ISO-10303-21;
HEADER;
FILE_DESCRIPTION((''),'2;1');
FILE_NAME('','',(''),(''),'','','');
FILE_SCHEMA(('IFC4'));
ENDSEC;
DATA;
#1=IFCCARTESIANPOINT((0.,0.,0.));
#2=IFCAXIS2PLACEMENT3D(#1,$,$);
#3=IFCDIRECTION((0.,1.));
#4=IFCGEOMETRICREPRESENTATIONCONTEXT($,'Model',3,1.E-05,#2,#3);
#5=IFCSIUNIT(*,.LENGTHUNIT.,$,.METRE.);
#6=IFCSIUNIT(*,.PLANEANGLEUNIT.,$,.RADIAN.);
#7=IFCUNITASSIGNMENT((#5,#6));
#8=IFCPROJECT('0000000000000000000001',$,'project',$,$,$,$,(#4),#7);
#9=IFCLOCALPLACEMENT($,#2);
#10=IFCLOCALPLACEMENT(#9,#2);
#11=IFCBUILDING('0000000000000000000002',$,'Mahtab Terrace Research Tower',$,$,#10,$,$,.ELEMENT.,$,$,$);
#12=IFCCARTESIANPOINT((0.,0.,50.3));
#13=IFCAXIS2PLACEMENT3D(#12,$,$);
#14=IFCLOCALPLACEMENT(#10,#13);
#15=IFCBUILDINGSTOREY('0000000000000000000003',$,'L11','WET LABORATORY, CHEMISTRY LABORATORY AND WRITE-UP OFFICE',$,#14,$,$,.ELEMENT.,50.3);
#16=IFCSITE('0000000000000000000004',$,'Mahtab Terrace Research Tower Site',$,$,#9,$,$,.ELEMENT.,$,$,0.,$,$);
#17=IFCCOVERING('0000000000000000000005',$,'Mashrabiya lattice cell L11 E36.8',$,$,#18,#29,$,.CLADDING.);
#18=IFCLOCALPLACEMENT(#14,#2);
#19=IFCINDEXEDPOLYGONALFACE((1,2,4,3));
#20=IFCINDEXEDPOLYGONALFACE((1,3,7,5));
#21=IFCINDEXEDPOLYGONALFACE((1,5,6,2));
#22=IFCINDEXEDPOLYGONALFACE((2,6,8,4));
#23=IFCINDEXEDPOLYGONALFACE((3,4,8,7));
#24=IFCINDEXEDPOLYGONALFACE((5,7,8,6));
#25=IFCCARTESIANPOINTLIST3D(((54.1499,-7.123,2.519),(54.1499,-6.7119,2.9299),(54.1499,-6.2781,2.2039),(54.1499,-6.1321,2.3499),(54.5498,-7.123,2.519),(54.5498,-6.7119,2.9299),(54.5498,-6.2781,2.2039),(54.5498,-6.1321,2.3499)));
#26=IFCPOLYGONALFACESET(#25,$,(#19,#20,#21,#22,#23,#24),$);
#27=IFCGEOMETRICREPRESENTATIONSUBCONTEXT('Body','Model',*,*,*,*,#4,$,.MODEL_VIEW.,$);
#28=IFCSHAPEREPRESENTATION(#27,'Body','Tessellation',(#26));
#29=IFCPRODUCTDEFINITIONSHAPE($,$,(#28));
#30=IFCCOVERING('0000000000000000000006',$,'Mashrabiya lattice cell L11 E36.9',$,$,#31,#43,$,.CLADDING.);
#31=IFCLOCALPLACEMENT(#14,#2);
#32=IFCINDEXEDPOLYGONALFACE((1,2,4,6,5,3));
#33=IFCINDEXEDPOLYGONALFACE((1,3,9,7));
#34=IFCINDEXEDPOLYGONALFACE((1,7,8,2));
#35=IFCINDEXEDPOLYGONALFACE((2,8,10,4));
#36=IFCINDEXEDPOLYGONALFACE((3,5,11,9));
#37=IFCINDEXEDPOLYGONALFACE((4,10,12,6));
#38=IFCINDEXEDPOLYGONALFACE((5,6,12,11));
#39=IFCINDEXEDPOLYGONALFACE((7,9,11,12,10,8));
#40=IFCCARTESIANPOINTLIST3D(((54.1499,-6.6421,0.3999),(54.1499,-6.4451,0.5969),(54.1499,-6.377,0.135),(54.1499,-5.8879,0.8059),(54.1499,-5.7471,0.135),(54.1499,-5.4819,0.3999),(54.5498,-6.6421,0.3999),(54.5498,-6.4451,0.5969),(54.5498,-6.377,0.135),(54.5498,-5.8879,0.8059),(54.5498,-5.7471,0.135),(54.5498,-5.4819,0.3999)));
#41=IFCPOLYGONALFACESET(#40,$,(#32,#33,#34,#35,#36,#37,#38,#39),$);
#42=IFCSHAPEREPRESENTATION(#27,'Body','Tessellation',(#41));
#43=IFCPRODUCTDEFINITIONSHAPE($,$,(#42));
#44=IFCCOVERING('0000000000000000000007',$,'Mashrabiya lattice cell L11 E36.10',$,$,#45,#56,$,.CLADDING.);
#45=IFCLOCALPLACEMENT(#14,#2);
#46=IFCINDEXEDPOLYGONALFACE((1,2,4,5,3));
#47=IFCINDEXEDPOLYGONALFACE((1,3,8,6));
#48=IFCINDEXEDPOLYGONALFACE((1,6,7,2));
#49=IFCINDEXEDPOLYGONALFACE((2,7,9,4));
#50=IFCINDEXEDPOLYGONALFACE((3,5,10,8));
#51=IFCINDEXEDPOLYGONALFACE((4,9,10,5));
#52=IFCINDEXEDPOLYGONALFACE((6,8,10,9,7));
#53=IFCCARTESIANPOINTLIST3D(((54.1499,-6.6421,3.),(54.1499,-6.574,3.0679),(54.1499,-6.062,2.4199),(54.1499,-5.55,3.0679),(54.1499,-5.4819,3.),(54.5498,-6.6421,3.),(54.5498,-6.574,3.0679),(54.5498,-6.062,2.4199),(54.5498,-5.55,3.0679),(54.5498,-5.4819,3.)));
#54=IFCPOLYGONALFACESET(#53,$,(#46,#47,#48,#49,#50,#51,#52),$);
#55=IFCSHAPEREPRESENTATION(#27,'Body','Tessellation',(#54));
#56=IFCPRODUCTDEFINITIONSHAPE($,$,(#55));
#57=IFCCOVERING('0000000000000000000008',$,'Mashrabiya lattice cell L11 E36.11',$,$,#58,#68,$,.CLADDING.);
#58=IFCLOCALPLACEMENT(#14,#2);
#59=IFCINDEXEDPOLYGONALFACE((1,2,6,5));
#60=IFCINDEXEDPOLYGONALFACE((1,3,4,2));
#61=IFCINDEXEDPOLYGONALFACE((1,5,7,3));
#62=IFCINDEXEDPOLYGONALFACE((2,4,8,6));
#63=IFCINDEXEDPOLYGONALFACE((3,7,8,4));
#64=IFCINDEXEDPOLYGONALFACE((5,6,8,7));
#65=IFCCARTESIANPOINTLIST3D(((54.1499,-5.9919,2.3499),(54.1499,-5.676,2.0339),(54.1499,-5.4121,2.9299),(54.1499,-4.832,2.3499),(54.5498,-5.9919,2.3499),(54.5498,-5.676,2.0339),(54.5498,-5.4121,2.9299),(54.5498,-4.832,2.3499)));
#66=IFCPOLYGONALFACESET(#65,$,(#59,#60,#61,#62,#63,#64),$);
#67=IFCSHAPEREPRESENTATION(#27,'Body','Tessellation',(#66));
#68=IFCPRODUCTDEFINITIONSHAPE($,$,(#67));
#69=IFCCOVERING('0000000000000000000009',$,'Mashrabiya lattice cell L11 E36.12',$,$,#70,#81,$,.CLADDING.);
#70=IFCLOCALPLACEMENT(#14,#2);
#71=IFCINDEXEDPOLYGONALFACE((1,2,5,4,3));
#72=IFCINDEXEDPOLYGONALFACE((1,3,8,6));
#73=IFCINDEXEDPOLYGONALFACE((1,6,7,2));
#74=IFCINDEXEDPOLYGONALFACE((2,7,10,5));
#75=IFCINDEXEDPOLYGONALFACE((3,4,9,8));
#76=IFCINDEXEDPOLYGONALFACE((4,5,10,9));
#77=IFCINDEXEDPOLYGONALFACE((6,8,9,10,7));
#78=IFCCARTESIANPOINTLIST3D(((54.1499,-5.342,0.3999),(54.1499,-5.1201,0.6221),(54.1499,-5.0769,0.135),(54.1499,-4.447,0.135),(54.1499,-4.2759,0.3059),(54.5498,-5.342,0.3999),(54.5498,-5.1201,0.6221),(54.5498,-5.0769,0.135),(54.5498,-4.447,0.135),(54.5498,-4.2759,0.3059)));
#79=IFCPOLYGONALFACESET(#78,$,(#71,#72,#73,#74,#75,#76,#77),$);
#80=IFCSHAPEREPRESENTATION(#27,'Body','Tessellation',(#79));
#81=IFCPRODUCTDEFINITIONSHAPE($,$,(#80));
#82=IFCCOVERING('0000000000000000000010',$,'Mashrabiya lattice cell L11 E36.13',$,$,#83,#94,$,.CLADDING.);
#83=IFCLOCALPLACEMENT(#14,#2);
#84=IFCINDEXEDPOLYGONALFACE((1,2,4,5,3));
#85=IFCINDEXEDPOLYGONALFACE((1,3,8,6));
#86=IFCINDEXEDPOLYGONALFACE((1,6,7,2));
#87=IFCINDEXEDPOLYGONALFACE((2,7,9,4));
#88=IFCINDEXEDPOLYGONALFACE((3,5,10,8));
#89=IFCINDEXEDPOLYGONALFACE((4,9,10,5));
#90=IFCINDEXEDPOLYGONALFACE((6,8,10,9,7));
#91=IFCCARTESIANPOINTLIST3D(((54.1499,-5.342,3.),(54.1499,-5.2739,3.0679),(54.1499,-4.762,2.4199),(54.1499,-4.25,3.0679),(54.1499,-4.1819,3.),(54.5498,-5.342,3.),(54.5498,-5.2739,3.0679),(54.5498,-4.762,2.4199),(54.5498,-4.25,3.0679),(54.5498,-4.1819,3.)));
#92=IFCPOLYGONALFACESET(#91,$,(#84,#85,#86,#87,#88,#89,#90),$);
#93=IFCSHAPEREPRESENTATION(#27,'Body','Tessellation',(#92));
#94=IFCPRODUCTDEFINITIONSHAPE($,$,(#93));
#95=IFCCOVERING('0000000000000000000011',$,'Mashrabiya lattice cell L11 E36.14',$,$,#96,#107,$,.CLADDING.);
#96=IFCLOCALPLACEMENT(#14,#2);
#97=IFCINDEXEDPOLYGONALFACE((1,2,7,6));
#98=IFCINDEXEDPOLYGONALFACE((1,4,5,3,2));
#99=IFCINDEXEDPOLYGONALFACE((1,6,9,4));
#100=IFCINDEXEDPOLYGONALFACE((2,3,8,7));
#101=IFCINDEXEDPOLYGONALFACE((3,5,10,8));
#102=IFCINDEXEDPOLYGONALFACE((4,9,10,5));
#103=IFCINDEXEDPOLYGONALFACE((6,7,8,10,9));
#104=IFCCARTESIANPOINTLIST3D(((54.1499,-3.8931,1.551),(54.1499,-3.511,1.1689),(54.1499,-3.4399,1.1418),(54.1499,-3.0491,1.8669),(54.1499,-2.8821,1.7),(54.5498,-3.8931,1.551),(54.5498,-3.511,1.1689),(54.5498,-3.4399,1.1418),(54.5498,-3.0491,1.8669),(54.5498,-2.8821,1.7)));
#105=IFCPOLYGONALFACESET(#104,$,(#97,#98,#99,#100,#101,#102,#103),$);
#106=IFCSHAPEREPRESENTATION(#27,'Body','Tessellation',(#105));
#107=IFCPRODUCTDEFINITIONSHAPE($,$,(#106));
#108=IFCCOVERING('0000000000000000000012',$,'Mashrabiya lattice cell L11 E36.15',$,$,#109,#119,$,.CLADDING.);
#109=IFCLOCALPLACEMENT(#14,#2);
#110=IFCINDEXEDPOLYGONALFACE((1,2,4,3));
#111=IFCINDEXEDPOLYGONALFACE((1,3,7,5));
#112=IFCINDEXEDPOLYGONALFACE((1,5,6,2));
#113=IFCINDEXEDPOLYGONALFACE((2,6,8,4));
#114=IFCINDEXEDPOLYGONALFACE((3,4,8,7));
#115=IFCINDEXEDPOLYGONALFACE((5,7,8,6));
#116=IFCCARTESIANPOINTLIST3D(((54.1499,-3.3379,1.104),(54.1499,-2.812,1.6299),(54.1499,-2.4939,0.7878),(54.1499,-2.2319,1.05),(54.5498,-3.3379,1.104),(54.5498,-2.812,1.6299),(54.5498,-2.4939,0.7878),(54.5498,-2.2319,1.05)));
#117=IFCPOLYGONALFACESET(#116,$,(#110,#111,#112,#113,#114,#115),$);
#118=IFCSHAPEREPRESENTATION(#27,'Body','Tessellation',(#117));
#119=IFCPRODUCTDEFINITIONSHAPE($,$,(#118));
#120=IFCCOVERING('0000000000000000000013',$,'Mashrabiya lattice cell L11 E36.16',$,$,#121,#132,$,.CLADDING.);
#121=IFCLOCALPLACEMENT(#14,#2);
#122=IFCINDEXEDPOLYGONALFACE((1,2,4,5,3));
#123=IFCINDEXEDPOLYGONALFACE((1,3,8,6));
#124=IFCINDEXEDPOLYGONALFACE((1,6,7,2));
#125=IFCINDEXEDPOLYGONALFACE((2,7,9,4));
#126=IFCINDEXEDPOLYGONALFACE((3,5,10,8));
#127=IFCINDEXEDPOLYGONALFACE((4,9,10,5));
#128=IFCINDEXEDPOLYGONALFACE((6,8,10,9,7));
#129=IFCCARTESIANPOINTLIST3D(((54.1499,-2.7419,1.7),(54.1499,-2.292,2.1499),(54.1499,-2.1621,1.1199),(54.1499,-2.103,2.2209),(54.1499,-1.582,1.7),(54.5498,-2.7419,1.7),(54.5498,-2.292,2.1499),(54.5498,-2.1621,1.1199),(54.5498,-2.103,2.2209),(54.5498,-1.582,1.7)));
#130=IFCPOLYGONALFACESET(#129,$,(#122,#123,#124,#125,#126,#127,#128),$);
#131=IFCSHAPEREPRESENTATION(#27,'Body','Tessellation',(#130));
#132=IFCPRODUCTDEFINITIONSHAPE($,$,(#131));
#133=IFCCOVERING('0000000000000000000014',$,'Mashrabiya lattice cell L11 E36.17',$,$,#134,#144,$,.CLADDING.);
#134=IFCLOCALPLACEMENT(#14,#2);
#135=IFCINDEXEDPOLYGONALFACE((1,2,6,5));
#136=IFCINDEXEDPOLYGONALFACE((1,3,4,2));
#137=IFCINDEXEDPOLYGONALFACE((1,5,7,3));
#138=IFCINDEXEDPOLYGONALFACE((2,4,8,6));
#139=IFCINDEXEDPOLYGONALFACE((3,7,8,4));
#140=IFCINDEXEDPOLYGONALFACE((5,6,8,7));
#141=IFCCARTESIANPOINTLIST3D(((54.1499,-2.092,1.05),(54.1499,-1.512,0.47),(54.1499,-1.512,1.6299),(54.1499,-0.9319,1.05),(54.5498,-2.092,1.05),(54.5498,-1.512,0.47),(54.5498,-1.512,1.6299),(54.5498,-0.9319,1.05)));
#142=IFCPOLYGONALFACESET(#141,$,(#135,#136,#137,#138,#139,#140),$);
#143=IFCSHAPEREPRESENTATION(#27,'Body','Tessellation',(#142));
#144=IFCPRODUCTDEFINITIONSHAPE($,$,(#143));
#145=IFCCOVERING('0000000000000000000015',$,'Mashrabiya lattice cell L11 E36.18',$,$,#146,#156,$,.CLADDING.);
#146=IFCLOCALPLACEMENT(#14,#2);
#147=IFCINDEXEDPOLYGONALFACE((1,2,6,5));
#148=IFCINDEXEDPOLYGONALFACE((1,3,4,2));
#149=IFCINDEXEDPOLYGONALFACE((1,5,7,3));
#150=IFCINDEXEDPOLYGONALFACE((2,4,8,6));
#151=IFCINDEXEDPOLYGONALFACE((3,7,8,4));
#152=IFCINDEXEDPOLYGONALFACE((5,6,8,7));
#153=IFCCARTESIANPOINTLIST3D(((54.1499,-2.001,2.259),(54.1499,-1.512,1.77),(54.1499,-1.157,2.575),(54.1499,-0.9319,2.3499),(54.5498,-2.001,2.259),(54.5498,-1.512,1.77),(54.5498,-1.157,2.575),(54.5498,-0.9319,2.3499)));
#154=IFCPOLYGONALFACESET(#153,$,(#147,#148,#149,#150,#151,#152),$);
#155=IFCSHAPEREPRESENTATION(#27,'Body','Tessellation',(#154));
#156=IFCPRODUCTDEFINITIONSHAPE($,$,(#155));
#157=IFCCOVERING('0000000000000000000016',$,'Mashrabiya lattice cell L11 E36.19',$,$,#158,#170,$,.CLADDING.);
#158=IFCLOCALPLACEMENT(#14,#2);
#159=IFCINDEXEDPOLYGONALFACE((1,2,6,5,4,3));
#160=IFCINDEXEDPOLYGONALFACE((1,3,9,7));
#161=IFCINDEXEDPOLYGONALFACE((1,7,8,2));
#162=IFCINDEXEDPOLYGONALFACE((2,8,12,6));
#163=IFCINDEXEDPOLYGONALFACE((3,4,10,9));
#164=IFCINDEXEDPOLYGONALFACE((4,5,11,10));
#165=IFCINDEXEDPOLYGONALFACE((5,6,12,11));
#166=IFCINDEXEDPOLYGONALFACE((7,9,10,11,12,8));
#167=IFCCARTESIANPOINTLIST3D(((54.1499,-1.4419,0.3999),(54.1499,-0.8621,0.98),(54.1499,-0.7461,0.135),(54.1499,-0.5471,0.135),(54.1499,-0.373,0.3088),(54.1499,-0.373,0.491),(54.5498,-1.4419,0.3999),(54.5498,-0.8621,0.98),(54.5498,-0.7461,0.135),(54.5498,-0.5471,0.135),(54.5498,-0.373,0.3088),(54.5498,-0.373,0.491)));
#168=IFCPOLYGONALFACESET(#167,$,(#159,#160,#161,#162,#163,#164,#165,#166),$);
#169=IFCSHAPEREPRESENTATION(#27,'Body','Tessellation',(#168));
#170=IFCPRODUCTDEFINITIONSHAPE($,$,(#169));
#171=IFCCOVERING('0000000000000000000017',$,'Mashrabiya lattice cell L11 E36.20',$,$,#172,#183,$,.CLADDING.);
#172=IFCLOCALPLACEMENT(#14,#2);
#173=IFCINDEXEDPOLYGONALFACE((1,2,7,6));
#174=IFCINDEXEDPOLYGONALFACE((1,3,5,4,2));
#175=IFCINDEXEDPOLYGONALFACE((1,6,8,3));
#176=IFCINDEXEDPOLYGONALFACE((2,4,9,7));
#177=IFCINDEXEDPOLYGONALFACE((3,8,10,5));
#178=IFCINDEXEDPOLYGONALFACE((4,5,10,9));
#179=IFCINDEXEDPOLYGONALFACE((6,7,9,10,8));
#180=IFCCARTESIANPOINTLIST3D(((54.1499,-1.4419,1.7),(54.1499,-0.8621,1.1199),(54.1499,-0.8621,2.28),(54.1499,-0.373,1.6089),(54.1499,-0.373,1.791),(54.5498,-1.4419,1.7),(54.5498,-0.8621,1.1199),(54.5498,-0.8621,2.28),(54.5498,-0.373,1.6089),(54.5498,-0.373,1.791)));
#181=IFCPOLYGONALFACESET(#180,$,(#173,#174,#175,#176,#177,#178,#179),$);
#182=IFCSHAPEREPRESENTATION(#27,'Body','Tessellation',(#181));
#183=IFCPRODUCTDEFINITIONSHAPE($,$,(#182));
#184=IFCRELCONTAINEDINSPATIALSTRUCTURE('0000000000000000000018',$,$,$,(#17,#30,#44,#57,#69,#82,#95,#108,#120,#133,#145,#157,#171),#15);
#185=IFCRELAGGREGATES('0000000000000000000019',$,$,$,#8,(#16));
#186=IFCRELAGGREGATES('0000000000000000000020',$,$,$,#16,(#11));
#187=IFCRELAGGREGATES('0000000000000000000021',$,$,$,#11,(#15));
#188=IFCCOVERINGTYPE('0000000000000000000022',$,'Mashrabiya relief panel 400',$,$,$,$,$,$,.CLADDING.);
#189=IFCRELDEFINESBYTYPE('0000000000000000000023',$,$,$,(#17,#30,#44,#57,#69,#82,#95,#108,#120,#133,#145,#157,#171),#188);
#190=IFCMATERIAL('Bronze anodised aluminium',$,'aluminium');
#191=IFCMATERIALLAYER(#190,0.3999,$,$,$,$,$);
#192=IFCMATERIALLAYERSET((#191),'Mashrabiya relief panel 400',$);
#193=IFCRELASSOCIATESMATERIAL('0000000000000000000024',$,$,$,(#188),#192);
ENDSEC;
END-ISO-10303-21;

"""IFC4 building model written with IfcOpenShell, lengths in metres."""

from ifc_helpers import new_model, si_unit, direction, frame, origin, place, context, subcontext, project, spatial, polyline, outline, extrude, material, layer, layer_set, type_object, element, save


model = new_model("IFC4")

# Units and contexts
model_context = context("Model", 3, precision=1e-05, world=origin(), true_north=direction((0.0, 1.0)))
body_context = subcontext(model_context, "Body", "Model", "MODEL_VIEW")
ifc_project = project(units=[si_unit("LENGTHUNIT", "METRE"), si_unit("PLANEANGLEUNIT", "RADIAN")], contexts=[model_context])

# Site, building, storey
site_placement = place(None, origin())
site = spatial("IfcSite", under=ifc_project, at=site_placement, Name="Mahtab Terrace Research Tower Site", CompositionType="ELEMENT", RefElevation=0.0)
building_placement = place(site_placement, origin())
building = spatial("IfcBuilding", under=site, at=building_placement, Name="Mahtab Terrace Research Tower", CompositionType="ELEMENT")
storey_placement = place(building_placement, frame((0.0, 0.0, 50.3)))
storey = spatial("IfcBuildingStorey", under=building, at=storey_placement, Name="L11", Description="WET LABORATORY, CHEMISTRY LABORATORY AND WRITE-UP OFFICE", CompositionType="ELEMENT", Elevation=50.3)

# Coverings
ifc_material_1 = material(Name="Bronze anodised aluminium", Category="aluminium")
ifc_layer_1 = layer(ifc_material_1, 0.3999)
ifc_layer_set_1 = layer_set([ifc_layer_1], Name="Mashrabiya relief panel 400")
covering_type = type_object("IfcCoveringType", Name="Mashrabiya relief panel 400", PredefinedType="CLADDING", material=ifc_layer_set_1)
covering_1_placement = place(storey_placement, frame((54.1499, -6.7119, 2.9299), z_axis=(-1.0, 0.0, 0.0), x_axis=(0.0, 0.706958, -0.707256)))
element("IfcCovering", 1, at=covering_1_placement, inside=storey, type_object=covering_type, Name="Mashrabiya lattice cell L11 E36.8", PredefinedType="CLADDING", context=body_context, shape_type="SweptSolid", body=[
    extrude(outline(polyline([(0.0, 0.0), (0.8202, 0.0), (0.8202, 0.2065), (-0.0001, 0.5813), (0.0, 0.0)])), origin(), (0.0, 0.0, -1.0), 0.3999),
])
covering_2_placement = place(storey_placement, frame((54.1499, -6.6421, 0.3999), z_axis=(-1.0, 0.0, 0.0), x_axis=(0.0, 0.707107, 0.707107)))
element("IfcCovering", 2, at=covering_2_placement, inside=storey, type_object=covering_type, Name="Mashrabiya lattice cell L11 E36.9", PredefinedType="CLADDING", context=body_context, shape_type="SweptSolid", body=[
    extrude(outline(polyline([(0.0, 0.0), (0.2786, 0.0), (0.8204, 0.2462), (0.8204, 0.8204), (0.4456, 0.8202), (0.0002, 0.3748), (0.0, 0.0)])), origin(), (0.0, 0.0, -1.0), 0.3999),
])
covering_3_placement = place(storey_placement, frame((54.1499, -5.4819, 3.0), z_axis=(-1.0, 0.0, 0.0), x_axis=(0.0, -0.707107, -0.707107)))
element("IfcCovering", 3, at=covering_3_placement, inside=storey, type_object=covering_type, Name="Mashrabiya lattice cell L11 E36.10", PredefinedType="CLADDING", context=body_context, shape_type="SweptSolid", body=[
    extrude(outline(polyline([(0.0, 0.0), (0.8204, 0.0), (0.8204, 0.8204), (0.7242, 0.8202), (0.0002, 0.0962), (0.0, 0.0)])), origin(), (0.0, 0.0, -1.0), 0.3999),
])
covering_4_placement = place(storey_placement, frame((54.1499, -5.9919, 2.3499), z_axis=(-1.0, 0.0, 0.0), x_axis=(0.0, 0.706958, 0.707256)))
element("IfcCovering", 4, at=covering_4_placement, inside=storey, type_object=covering_type, Name="Mashrabiya lattice cell L11 E36.11", PredefinedType="CLADDING", context=body_context, shape_type="SweptSolid", body=[
    extrude(outline(polyline([(0.0, 0.0), (0.8202, 0.0), (0.82, 0.8204), (-0.0001, 0.4468), (0.0, 0.0)])), origin(), (0.0, 0.0, -1.0), 0.3999),
])
covering_5_placement = place(storey_placement, frame((54.1499, -5.342, 0.3999), z_axis=(-1.0, 0.0, 0.0), x_axis=(0.0, 0.706718, 0.707495)))
element("IfcCovering", 5, at=covering_5_placement, inside=storey, type_object=covering_type, Name="Mashrabiya lattice cell L11 E36.12", PredefinedType="CLADDING", context=body_context, shape_type="SweptSolid", body=[
    extrude(outline(polyline([(0.0, 0.0), (0.314, 0.0), (0.687, 0.8207), (0.4451, 0.8204), (0.0, 0.3748), (0.0, 0.0)])), origin(), (0.0, 0.0, -1.0), 0.3999),
])
covering_6_placement = place(storey_placement, frame((54.1499, -4.1819, 3.0), z_axis=(-1.0, 0.0, 0.0), x_axis=(0.0, -0.707107, -0.707107)))
element("IfcCovering", 6, at=covering_6_placement, inside=storey, type_object=covering_type, Name="Mashrabiya lattice cell L11 E36.13", PredefinedType="CLADDING", context=body_context, shape_type="SweptSolid", body=[
    extrude(outline(polyline([(0.0, 0.0), (0.8204, 0.0), (0.8204, 0.8204), (0.7242, 0.8202), (0.0002, 0.0962), (0.0, 0.0)])), origin(), (0.0, 0.0, -1.0), 0.3999),
])
covering_7_placement = place(storey_placement, frame((54.1499, -3.8931, 1.551), z_axis=(-1.0, 0.0, 0.0), x_axis=(0.0, 0.936541, 0.350559)))
element("IfcCovering", 7, at=covering_7_placement, inside=storey, type_object=covering_type, Name="Mashrabiya lattice cell L11 E36.14", PredefinedType="CLADDING", context=body_context, shape_type="SweptSolid", body=[
    extrude(outline(polyline([(0.0, 0.0), (0.9012, 0.0), (0.999, 0.2149), (0.2809, 0.5421), (0.2239, 0.4918), (0.0, 0.0)])), origin(), (0.0, 0.0, -1.0), 0.3999),
])
covering_8_placement = place(storey_placement, frame((54.1499, -2.812, 1.6299), z_axis=(-1.0, 0.0, 0.0), x_axis=(0.0, 0.707256, -0.706958)))
element("IfcCovering", 8, at=covering_8_placement, inside=storey, type_object=covering_type, Name="Mashrabiya lattice cell L11 E36.15", PredefinedType="CLADDING", context=body_context, shape_type="SweptSolid", body=[
    extrude(outline(polyline([(0.0, 0.0), (0.8202, 0.0), (0.8203, 0.3706), (-0.0002, 0.7437), (0.0, 0.0)])), origin(), (0.0, 0.0, -1.0), 0.3999),
])
covering_9_placement = place(storey_placement, frame((54.1499, -1.582, 1.7), z_axis=(-1.0, 0.0, 0.0), x_axis=(0.0, -0.707107, -0.707107)))
element("IfcCovering", 9, at=covering_9_placement, inside=storey, type_object=covering_type, Name="Mashrabiya lattice cell L11 E36.16", PredefinedType="CLADDING", context=body_context, shape_type="SweptSolid", body=[
    extrude(outline(polyline([(0.0, 0.0), (0.8204, 0.0), (0.8202, 0.8202), (0.1839, 0.8202), (0.0, 0.7368), (0.0, 0.0)])), origin(), (0.0, 0.0, -1.0), 0.3999),
])
covering_10_placement = place(storey_placement, frame((54.1499, -1.512, 1.6299), z_axis=(-1.0, 0.0, 0.0), x_axis=(0.0, 0.707256, -0.706958)))
element("IfcCovering", 10, at=covering_10_placement, inside=storey, type_object=covering_type, Name="Mashrabiya lattice cell L11 E36.17", PredefinedType="CLADDING", context=body_context, shape_type="SweptSolid", body=[
    extrude(outline(polyline([(0.0, 0.0), (0.8202, 0.0), (0.82, 0.8204), (-0.0003, 0.8202), (0.0, 0.0)])), origin(), (0.0, 0.0, -1.0), 0.3999),
])
covering_11_placement = place(storey_placement, frame((54.1499, -0.9319, 2.3499), z_axis=(-1.0, 0.0, 0.0), x_axis=(0.0, -0.707256, -0.706958)))
element("IfcCovering", 11, at=covering_11_placement, inside=storey, type_object=covering_type, Name="Mashrabiya lattice cell L11 E36.18", PredefinedType="CLADDING", context=body_context, shape_type="SweptSolid", body=[
    extrude(outline(polyline([(0.0, 0.0), (0.8202, 0.0), (0.8203, 0.6916), (0.0001, 0.3183), (0.0, 0.0)])), origin(), (0.0, 0.0, -1.0), 0.3999),
])
covering_12_placement = place(storey_placement, frame((54.1499, -1.4419, 0.3999), z_axis=(-1.0, 0.0, 0.0), x_axis=(0.0, 0.706958, 0.707256)))
element("IfcCovering", 12, at=covering_12_placement, inside=storey, type_object=covering_type, Name="Mashrabiya lattice cell L11 E36.19", PredefinedType="CLADDING", context=body_context, shape_type="SweptSolid", body=[
    extrude(outline(polyline([(0.0, 0.0), (0.8202, 0.0), (0.82, 0.6916), (0.6912, 0.8203), (0.4452, 0.8201), (0.3046, 0.6794), (0.0, 0.0)])), origin(), (0.0, 0.0, -1.0), 0.3999),
])
covering_13_placement = place(storey_placement, frame((54.1499, -0.8621, 1.1199), z_axis=(-1.0, 0.0, 0.0), x_axis=(0.0, -0.706958, 0.707256)))
element("IfcCovering", 13, at=covering_13_placement, inside=storey, type_object=covering_type, Name="Mashrabiya lattice cell L11 E36.20", PredefinedType="CLADDING", context=body_context, shape_type="SweptSolid", body=[
    extrude(outline(polyline([(0.0, 0.0), (0.8202, 0.0), (0.8205, 0.8202), (0.129, 0.8203), (0.0001, 0.6916), (0.0, 0.0)])), origin(), (0.0, 0.0, -1.0), 0.3999),
])

save(model, "model.ifc")
